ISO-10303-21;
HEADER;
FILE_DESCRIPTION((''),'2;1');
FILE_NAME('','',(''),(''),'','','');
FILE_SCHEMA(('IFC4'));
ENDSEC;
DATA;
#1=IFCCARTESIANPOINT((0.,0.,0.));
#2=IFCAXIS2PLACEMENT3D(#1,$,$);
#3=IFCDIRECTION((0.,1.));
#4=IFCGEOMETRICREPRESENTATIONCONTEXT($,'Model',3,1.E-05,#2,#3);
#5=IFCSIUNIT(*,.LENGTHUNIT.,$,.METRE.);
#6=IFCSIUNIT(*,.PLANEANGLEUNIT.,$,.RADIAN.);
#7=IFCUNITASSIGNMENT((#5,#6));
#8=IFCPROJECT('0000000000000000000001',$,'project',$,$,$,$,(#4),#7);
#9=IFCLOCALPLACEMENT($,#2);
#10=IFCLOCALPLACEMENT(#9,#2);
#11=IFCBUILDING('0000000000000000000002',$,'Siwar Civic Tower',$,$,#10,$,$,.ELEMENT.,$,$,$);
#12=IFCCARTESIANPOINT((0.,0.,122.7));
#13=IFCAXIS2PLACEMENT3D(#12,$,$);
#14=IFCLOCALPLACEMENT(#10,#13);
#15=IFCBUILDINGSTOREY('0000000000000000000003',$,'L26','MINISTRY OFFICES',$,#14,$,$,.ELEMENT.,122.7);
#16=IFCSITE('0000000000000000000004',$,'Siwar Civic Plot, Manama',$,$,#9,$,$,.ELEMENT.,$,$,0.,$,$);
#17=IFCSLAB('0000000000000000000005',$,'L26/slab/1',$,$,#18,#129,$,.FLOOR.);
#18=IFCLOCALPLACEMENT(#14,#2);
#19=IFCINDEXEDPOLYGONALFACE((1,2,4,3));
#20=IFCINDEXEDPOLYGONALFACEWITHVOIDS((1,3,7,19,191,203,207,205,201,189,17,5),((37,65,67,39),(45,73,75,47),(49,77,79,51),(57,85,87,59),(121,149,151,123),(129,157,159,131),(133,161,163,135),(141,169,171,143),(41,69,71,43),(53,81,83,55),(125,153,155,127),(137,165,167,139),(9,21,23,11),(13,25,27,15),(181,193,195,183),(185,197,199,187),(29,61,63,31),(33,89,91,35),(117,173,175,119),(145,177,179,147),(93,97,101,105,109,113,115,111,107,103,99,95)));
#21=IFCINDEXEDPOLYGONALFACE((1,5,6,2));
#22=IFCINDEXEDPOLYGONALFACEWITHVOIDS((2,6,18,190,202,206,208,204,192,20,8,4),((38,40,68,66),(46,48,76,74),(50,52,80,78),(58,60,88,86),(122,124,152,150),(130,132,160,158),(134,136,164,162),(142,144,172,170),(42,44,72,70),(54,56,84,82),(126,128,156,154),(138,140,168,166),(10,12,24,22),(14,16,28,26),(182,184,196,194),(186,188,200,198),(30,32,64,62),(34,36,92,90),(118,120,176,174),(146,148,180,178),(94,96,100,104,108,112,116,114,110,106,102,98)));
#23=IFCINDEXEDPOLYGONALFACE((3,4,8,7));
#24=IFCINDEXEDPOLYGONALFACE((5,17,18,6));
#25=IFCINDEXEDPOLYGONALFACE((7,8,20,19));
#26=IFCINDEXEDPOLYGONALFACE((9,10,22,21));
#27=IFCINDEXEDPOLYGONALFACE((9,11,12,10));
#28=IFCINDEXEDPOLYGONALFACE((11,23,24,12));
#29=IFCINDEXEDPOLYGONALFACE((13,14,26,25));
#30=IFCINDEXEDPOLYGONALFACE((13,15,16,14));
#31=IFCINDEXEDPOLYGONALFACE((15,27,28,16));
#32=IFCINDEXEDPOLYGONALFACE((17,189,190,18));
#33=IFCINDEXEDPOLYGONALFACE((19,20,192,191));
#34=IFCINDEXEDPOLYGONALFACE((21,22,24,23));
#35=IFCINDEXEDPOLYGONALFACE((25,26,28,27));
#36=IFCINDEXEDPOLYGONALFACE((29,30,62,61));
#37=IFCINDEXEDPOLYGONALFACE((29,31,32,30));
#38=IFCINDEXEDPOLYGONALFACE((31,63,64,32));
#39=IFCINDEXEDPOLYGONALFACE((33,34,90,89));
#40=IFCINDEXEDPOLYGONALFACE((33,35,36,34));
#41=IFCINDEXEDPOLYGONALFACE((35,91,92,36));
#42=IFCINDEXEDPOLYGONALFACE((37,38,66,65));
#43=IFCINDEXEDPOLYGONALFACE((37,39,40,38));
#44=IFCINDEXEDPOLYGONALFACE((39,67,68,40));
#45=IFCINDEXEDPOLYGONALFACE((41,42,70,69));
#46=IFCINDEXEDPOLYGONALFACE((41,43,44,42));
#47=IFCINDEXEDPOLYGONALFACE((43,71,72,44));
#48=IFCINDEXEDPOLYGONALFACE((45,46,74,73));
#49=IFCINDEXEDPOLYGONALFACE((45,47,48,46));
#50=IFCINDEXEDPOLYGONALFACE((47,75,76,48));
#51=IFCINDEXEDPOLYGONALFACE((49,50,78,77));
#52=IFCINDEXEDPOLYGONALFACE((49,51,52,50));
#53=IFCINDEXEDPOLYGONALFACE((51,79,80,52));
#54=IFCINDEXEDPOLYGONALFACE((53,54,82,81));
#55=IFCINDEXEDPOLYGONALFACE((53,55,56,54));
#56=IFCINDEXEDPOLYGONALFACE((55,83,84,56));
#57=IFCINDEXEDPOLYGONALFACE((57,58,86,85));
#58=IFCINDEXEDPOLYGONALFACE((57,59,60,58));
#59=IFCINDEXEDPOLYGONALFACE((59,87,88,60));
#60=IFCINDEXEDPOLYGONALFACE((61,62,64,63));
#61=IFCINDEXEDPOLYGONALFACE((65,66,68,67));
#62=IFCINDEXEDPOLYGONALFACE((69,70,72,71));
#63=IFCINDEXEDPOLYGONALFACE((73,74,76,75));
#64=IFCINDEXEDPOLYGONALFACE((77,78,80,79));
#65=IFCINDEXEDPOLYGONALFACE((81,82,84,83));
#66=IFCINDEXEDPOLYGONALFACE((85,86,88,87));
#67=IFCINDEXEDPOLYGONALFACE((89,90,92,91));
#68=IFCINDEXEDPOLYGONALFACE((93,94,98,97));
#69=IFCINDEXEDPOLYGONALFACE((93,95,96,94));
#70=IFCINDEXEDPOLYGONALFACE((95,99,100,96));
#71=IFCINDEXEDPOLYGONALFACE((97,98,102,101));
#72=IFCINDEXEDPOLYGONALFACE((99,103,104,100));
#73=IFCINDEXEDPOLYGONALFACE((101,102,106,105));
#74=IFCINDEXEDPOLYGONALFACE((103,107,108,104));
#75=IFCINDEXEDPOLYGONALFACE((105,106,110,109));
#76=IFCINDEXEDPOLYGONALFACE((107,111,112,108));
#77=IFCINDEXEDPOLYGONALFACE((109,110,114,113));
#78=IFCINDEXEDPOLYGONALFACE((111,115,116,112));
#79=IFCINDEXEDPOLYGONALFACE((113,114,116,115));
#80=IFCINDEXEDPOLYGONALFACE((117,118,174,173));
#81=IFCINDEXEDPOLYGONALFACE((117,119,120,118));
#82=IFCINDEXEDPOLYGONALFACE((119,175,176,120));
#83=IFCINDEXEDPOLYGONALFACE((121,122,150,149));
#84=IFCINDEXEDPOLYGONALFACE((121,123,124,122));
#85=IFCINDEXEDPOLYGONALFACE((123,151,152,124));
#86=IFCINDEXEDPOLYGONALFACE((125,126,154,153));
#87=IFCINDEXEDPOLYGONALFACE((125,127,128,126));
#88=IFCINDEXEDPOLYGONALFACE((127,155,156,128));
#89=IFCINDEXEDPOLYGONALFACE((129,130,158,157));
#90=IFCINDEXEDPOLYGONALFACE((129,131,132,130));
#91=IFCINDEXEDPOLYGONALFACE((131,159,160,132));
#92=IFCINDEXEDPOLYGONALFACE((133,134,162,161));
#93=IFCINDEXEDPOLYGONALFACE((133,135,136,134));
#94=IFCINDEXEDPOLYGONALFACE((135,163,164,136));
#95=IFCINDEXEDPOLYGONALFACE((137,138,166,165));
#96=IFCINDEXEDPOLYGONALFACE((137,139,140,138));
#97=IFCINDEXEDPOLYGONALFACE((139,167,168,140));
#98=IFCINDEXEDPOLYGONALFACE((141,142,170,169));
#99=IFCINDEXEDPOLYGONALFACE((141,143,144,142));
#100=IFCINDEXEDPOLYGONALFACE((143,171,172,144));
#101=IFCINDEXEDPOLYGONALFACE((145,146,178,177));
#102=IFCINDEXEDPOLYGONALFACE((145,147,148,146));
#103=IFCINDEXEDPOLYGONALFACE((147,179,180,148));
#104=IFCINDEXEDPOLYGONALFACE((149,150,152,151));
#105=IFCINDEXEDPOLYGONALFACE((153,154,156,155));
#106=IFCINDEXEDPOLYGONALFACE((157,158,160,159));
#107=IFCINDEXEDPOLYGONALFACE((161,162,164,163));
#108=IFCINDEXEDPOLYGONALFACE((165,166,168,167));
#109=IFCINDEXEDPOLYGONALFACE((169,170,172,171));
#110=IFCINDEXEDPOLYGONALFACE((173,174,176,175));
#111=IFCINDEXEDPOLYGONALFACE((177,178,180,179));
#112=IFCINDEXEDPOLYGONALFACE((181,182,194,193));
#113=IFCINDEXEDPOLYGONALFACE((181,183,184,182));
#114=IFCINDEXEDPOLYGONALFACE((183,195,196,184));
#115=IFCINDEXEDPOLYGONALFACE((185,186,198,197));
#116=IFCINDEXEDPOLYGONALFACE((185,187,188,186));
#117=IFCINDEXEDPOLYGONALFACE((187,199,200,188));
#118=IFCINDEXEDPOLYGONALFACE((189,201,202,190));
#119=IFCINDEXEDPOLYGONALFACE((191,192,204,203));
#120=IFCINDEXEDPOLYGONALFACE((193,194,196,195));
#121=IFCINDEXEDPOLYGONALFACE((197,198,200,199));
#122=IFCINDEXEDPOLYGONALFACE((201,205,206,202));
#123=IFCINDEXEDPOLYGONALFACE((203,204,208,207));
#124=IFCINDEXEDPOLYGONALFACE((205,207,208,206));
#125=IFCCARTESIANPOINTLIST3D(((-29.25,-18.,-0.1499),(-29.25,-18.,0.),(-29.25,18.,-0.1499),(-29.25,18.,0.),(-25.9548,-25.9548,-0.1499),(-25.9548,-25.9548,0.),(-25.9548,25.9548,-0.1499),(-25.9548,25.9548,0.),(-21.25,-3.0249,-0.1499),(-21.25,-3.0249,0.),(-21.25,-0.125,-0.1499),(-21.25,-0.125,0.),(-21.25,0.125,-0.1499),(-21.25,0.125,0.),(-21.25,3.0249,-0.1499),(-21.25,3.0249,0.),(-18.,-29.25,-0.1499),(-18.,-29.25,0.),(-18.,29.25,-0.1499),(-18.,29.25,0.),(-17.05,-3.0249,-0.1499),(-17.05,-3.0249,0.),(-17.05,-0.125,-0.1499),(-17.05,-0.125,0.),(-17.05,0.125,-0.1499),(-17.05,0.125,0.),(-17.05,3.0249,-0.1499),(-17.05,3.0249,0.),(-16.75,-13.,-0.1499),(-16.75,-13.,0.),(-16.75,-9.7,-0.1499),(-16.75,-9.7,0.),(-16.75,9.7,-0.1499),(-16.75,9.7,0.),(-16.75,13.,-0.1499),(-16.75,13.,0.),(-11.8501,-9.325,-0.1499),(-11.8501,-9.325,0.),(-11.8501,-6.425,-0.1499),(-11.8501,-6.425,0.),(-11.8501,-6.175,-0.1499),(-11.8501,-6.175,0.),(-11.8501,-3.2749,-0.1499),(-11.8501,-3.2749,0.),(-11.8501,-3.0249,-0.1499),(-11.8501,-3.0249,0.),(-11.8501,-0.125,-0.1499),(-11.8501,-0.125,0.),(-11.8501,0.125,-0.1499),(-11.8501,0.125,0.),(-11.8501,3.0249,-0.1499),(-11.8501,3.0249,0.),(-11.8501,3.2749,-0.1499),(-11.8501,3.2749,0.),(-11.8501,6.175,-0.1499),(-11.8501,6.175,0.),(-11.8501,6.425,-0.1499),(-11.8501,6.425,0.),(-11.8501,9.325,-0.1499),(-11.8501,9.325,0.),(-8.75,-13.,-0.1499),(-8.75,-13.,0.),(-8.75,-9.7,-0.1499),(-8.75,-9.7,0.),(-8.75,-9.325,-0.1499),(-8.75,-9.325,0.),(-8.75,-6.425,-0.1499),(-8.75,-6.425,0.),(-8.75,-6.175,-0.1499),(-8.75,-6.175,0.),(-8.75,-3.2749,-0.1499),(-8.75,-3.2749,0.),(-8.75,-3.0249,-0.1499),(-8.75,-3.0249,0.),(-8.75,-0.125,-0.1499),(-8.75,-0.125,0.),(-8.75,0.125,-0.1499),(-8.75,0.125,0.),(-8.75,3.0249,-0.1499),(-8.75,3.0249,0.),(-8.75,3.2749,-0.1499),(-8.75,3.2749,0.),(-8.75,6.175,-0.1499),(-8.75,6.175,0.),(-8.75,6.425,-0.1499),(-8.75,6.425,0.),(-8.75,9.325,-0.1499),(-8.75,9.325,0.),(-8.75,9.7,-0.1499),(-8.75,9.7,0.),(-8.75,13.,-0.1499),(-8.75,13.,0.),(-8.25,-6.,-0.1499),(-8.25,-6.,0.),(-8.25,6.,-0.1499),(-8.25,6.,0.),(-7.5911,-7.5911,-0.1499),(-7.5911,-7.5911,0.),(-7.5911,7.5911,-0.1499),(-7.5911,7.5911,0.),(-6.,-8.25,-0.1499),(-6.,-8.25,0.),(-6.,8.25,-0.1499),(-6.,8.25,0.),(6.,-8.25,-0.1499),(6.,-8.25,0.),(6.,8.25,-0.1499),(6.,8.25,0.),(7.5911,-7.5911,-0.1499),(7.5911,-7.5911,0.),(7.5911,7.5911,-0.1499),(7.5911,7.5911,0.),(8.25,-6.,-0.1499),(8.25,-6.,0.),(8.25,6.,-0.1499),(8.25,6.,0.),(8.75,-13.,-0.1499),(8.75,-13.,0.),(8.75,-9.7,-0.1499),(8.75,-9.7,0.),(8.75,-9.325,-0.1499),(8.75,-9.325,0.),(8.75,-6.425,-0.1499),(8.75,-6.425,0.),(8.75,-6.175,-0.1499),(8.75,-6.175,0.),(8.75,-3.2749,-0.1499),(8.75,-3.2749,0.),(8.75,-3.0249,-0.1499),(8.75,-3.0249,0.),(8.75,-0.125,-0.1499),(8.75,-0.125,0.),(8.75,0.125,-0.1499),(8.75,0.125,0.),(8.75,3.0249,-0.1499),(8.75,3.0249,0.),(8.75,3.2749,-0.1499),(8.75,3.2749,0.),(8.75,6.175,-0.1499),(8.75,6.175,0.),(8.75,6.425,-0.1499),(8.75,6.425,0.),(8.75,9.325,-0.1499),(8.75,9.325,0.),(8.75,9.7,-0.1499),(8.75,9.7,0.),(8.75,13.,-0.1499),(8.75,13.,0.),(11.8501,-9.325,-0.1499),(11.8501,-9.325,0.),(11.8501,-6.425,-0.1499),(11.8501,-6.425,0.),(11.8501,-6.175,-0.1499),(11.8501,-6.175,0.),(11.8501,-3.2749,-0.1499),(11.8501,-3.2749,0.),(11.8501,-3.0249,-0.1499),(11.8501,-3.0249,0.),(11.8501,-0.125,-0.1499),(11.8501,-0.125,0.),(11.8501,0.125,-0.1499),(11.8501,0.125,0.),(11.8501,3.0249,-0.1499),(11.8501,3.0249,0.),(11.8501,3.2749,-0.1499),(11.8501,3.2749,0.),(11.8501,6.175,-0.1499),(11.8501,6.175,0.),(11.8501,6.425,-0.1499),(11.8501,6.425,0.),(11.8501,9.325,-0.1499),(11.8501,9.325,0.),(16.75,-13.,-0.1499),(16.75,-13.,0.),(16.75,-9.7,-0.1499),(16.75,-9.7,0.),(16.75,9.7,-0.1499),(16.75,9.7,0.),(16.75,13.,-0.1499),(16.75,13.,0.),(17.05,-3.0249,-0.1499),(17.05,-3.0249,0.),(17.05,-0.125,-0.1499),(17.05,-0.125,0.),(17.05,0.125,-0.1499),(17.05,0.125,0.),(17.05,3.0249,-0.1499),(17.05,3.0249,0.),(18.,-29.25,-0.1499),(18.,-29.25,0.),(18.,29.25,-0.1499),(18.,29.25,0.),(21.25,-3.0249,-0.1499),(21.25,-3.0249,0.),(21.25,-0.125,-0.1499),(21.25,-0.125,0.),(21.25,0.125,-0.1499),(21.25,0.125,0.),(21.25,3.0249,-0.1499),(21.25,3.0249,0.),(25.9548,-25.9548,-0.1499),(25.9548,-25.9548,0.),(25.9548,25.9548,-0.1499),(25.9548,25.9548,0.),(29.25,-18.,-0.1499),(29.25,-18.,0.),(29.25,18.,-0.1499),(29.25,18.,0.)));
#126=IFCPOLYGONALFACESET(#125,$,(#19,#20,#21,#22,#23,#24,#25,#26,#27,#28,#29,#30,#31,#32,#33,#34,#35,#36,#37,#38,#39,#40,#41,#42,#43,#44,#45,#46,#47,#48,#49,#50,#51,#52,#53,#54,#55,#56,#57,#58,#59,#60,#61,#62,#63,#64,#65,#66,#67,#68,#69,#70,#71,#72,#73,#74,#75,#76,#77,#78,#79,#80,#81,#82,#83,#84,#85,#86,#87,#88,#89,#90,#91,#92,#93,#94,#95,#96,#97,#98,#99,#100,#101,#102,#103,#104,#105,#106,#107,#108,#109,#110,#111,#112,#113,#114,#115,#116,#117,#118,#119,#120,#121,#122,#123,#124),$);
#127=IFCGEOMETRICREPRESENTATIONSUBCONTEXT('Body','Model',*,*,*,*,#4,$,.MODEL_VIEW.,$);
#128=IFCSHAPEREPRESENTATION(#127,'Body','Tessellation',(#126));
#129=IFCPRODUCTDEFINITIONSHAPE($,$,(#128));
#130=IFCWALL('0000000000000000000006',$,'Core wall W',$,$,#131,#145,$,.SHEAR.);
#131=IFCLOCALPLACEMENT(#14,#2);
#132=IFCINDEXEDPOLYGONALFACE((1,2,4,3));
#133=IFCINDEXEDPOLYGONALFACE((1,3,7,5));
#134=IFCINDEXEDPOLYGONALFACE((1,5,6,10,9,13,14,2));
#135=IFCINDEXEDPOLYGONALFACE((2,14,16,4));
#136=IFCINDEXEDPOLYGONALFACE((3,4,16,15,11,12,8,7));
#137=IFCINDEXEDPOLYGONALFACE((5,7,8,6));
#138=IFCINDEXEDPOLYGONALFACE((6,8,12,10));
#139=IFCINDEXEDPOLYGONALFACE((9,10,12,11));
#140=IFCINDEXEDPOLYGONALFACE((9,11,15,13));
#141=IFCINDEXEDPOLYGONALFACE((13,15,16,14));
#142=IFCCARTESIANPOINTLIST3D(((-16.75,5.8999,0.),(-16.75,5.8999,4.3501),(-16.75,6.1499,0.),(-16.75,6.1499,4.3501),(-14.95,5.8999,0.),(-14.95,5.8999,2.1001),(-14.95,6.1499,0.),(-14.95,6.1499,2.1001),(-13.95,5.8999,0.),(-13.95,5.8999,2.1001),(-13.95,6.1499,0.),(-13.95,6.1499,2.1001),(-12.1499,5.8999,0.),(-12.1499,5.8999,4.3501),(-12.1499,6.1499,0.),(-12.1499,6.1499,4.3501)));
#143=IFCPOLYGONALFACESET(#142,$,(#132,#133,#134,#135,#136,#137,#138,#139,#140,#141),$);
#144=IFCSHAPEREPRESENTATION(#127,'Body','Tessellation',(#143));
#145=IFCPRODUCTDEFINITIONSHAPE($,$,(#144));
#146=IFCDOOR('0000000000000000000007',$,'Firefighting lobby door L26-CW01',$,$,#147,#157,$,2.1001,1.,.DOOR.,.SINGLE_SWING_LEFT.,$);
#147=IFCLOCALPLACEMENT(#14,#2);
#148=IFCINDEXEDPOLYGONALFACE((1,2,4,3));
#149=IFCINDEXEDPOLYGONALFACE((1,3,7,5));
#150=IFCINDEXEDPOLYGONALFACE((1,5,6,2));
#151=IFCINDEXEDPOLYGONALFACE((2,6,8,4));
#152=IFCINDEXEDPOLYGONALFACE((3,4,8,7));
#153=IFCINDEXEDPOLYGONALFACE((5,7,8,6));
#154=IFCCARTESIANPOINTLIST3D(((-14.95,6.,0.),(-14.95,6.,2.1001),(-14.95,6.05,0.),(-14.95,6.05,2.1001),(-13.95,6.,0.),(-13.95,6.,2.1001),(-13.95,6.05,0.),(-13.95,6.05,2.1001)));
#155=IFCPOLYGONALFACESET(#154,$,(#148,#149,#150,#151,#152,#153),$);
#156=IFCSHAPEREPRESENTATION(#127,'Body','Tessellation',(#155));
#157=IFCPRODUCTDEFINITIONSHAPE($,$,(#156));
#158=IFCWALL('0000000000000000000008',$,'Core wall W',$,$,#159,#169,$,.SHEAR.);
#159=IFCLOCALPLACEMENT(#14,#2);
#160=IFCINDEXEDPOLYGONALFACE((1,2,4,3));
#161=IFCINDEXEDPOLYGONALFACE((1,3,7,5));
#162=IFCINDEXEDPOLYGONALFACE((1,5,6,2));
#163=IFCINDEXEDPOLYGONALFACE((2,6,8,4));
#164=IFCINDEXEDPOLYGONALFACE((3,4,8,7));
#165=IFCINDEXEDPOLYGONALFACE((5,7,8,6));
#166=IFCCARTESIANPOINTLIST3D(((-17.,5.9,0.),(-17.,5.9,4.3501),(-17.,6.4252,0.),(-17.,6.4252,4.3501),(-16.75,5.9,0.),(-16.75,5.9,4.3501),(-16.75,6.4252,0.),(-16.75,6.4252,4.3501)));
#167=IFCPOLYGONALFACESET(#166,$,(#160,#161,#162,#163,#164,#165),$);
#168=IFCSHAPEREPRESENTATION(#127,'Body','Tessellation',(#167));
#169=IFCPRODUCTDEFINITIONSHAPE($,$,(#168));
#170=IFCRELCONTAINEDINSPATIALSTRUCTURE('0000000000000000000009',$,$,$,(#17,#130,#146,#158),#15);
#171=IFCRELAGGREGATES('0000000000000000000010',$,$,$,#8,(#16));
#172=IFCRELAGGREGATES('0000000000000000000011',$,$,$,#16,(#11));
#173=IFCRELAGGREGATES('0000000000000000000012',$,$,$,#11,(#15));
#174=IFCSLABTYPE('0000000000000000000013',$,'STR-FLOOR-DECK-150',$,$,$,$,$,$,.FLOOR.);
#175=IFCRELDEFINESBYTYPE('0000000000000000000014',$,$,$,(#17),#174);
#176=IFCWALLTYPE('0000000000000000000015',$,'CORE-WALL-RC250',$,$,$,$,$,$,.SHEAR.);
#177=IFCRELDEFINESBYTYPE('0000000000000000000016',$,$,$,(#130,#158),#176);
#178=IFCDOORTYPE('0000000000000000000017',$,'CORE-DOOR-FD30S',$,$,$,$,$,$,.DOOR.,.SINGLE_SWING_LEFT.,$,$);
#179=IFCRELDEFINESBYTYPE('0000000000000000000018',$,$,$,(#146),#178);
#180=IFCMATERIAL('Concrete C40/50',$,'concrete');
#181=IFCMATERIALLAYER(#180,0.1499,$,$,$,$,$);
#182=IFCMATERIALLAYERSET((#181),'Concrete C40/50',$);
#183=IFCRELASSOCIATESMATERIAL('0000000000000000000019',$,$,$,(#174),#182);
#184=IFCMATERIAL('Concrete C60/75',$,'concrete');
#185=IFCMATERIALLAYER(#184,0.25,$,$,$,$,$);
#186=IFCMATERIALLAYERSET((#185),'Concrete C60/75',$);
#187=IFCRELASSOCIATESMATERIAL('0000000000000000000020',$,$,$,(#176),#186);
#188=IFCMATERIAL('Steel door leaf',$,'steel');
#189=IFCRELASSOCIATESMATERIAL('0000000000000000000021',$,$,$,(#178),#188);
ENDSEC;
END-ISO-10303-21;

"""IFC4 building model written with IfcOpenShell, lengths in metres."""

from ifc_helpers import new_model, si_unit, direction, frame, frame_2d, origin, place, context, subcontext, project, spatial, polyline, rectangle, outline, extrude, material, layer, layer_set, type_object, element, fill, save


model = new_model("IFC4")

# Units and contexts
model_context = context("Model", 3, precision=1e-05, world=origin(), true_north=direction((0.0, 1.0)))
body_context = subcontext(model_context, "Body", "Model", "MODEL_VIEW")
ifc_project = project(units=[si_unit("LENGTHUNIT", "METRE"), si_unit("PLANEANGLEUNIT", "RADIAN")], contexts=[model_context])

# Site, building, storey
site_placement = place(None, origin())
site = spatial("IfcSite", under=ifc_project, at=site_placement, Name="Siwar Civic Plot, Manama", CompositionType="ELEMENT", RefElevation=0.0)
building_placement = place(site_placement, origin())
building = spatial("IfcBuilding", under=site, at=building_placement, Name="Siwar Civic Tower", CompositionType="ELEMENT")
storey_placement = place(building_placement, frame((0.0, 0.0, 122.7)))
storey = spatial("IfcBuildingStorey", under=building, at=storey_placement, Name="L26", Description="MINISTRY OFFICES", CompositionType="ELEMENT", Elevation=122.7)

# Slab
ifc_material_1 = material(Name="Concrete C40/50", Category="concrete")
ifc_layer_1 = layer(ifc_material_1, 0.1499)
ifc_layer_set_1 = layer_set([ifc_layer_1], Name="Concrete C40/50")
slab_type_1 = type_object("IfcSlabType", Name="STR-FLOOR-DECK-150", PredefinedType="FLOOR", material=ifc_layer_set_1)
slab_1_placement = place(storey_placement, frame((0.0, 0.0, -0.1499)))
element("IfcSlab", 1, at=slab_1_placement, inside=storey, type_object=slab_type_1, Name="L26/slab/1", PredefinedType="FLOOR", context=body_context, shape_type="SweptSolid", body=[
    extrude(outline(polyline([(-18.0, -29.25), (18.0, -29.25), (25.9548, -25.9548), (29.25, -18.0), (29.25, 18.0), (25.9548, 25.9548), (18.0, 29.25), (-18.0, 29.25), (-25.9548, 25.9548), (-29.25, 18.0), (-29.25, -18.0), (-25.9548, -25.9548), (-18.0, -29.25)]), holes=[polyline([(21.25, 3.0249), (21.25, 0.125), (17.05, 0.125), (17.05, 3.0249), (21.25, 3.0249)]), polyline([(17.05, -0.125), (21.25, -0.125), (21.25, -3.0249), (17.05, -3.0249), (17.05, -0.125)]), polyline([(16.75, 13.0), (16.75, 9.7), (8.75, 9.7), (8.75, 13.0), (16.75, 13.0)]), polyline([(8.75, -9.7), (16.75, -9.7), (16.75, -13.0), (8.75, -13.0), (8.75, -9.7)]), polyline([(11.8501, 9.325), (11.8501, 6.425), (8.75, 6.425), (8.75, 9.325), (11.8501, 9.325)]), polyline([(11.8501, 3.0249), (11.8501, 0.125), (8.75, 0.125), (8.75, 3.0249), (11.8501, 3.0249)]), polyline([(11.8501, -0.125), (11.8501, -3.0249), (8.75, -3.0249), (8.75, -0.125), (11.8501, -0.125)]), polyline([(11.8501, -3.2749), (11.8501, -6.175), (8.75, -6.175), (8.75, -3.2749), (11.8501, -3.2749)]), polyline([(8.75, 6.175), (11.8501, 6.175), (11.8501, 3.2749), (8.75, 3.2749), (8.75, 6.175)]), polyline([(8.75, -6.425), (11.8501, -6.425), (11.8501, -9.325), (8.75, -9.325), (8.75, -6.425)]), polyline([(-6.0, 8.25), (6.0, 8.25), (7.5911, 7.5911), (8.25, 6.0), (8.25, -6.0), (7.5911, -7.5911), (6.0, -8.25), (-6.0, -8.25), (-7.5911, -7.5911), (-8.25, -6.0), (-8.25, 6.0), (-7.5911, 7.5911), (-6.0, 8.25)]), polyline([(-8.75, 9.7), (-16.75, 9.7), (-16.75, 13.0), (-8.75, 13.0), (-8.75, 9.7)]), polyline([(-8.75, 0.125), (-11.8501, 0.125), (-11.8501, 3.0249), (-8.75, 3.0249), (-8.75, 0.125)]), polyline([(-8.75, -6.175), (-11.8501, -6.175), (-11.8501, -3.2749), (-8.75, -3.2749), (-8.75, -6.175)]), polyline([(-8.75, -9.325), (-11.8501, -9.325), (-11.8501, -6.425), (-8.75, -6.425), (-8.75, -9.325)]), polyline([(-8.75, -13.0), (-16.75, -13.0), (-16.75, -9.7), (-8.75, -9.7), (-8.75, -13.0)]), polyline([(-11.8501, 6.425), (-11.8501, 9.325), (-8.75, 9.325), (-8.75, 6.425), (-11.8501, 6.425)]), polyline([(-11.8501, 3.2749), (-11.8501, 6.175), (-8.75, 6.175), (-8.75, 3.2749), (-11.8501, 3.2749)]), polyline([(-11.8501, -3.0249), (-11.8501, -0.125), (-8.75, -0.125), (-8.75, -3.0249), (-11.8501, -3.0249)]), polyline([(-21.25, -3.0249), (-21.25, -0.125), (-17.05, -0.125), (-17.05, -3.0249), (-21.25, -3.0249)]), polyline([(-17.05, 0.125), (-21.25, 0.125), (-21.25, 3.0249), (-17.05, 3.0249), (-17.05, 0.125)])]), origin(), (0.0, 0.0, 1.0), 0.1499),
])

# Wall, opening, door
ifc_material_2 = material(Name="Concrete C60/75", Category="concrete")
ifc_layer_2 = layer(ifc_material_2, 0.25)
ifc_layer_set_2 = layer_set([ifc_layer_2], Name="Concrete C60/75")
wall_type_1 = type_object("IfcWallType", Name="CORE-WALL-RC250", PredefinedType="SHEAR", material=ifc_layer_set_2)
wall_1_placement = place(storey_placement, frame((-12.1499, 6.0249, 0.0), z_axis=(0.0, 0.0, 1.0), x_axis=(-1.0, 0.0, 0.0)))
wall_1 = element("IfcWall", 2, at=wall_1_placement, inside=storey, type_object=wall_type_1, Name="Core wall W", PredefinedType="SHEAR", context=body_context, shape_type="SweptSolid", body=[
    extrude(rectangle(XDim=4.6001, YDim=0.25, at=frame_2d((2.3, 0.0))), origin(), (0.0, 0.0, 1.0), 4.3501),
])
opening_1_placement = place(wall_1_placement, frame((1.8, 0.0, 0.0)))
opening_1 = element("IfcOpeningElement", 3, at=opening_1_placement, cuts=wall_1, PredefinedType="OPENING", context=body_context, shape_type="SweptSolid", body=[
    extrude(rectangle(XDim=1.0, YDim=2.1001, at=frame_2d((0.5, 1.05))), frame((0.0, 0.135, 0.0), z_axis=(0.0, -1.0, 0.0), x_axis=(1.0, 0.0, 0.0)), (0.0, 0.0, 1.0), 0.27),
])
ifc_material_3 = material(Name="Steel door leaf", Category="steel")
door_type_1 = type_object("IfcDoorType", Name="CORE-DOOR-FD30S", OperationType="SINGLE_SWING_LEFT", PredefinedType="DOOR", material=ifc_material_3)
door_1_placement = place(opening_1_placement, origin())
door_1 = element("IfcDoor", 4, at=door_1_placement, inside=storey, type_object=door_type_1, Name="Firefighting lobby door L26-CW01", OperationType="SINGLE_SWING_LEFT", OverallHeight=2.1001, OverallWidth=1.0, PredefinedType="DOOR", context=body_context, shape_type="SweptSolid", body=[
    extrude(rectangle(XDim=1.0, YDim=2.1001, at=frame_2d((0.5, 1.05))), frame((0.0, 0.0249, 0.0), z_axis=(0.0, -1.0, 0.0), x_axis=(1.0, 0.0, 0.0)), (0.0, 0.0, 1.0), 0.05),
])
fill(opening_1, door_1)

# Wall
wall_2_placement = place(storey_placement, frame((-16.875, 5.8999, 0.0), z_axis=(0.0, 0.0, 1.0), x_axis=(0.0, 1.0, 0.0)))
element("IfcWall", 5, at=wall_2_placement, inside=storey, type_object=wall_type_1, Name="Core wall W", PredefinedType="SHEAR", context=body_context, shape_type="SweptSolid", body=[
    extrude(rectangle(XDim=0.5251, YDim=0.25, at=frame_2d((0.2627, 0.0))), origin(), (0.0, 0.0, 1.0), 4.3501),
])

save(model, "model.ifc")
